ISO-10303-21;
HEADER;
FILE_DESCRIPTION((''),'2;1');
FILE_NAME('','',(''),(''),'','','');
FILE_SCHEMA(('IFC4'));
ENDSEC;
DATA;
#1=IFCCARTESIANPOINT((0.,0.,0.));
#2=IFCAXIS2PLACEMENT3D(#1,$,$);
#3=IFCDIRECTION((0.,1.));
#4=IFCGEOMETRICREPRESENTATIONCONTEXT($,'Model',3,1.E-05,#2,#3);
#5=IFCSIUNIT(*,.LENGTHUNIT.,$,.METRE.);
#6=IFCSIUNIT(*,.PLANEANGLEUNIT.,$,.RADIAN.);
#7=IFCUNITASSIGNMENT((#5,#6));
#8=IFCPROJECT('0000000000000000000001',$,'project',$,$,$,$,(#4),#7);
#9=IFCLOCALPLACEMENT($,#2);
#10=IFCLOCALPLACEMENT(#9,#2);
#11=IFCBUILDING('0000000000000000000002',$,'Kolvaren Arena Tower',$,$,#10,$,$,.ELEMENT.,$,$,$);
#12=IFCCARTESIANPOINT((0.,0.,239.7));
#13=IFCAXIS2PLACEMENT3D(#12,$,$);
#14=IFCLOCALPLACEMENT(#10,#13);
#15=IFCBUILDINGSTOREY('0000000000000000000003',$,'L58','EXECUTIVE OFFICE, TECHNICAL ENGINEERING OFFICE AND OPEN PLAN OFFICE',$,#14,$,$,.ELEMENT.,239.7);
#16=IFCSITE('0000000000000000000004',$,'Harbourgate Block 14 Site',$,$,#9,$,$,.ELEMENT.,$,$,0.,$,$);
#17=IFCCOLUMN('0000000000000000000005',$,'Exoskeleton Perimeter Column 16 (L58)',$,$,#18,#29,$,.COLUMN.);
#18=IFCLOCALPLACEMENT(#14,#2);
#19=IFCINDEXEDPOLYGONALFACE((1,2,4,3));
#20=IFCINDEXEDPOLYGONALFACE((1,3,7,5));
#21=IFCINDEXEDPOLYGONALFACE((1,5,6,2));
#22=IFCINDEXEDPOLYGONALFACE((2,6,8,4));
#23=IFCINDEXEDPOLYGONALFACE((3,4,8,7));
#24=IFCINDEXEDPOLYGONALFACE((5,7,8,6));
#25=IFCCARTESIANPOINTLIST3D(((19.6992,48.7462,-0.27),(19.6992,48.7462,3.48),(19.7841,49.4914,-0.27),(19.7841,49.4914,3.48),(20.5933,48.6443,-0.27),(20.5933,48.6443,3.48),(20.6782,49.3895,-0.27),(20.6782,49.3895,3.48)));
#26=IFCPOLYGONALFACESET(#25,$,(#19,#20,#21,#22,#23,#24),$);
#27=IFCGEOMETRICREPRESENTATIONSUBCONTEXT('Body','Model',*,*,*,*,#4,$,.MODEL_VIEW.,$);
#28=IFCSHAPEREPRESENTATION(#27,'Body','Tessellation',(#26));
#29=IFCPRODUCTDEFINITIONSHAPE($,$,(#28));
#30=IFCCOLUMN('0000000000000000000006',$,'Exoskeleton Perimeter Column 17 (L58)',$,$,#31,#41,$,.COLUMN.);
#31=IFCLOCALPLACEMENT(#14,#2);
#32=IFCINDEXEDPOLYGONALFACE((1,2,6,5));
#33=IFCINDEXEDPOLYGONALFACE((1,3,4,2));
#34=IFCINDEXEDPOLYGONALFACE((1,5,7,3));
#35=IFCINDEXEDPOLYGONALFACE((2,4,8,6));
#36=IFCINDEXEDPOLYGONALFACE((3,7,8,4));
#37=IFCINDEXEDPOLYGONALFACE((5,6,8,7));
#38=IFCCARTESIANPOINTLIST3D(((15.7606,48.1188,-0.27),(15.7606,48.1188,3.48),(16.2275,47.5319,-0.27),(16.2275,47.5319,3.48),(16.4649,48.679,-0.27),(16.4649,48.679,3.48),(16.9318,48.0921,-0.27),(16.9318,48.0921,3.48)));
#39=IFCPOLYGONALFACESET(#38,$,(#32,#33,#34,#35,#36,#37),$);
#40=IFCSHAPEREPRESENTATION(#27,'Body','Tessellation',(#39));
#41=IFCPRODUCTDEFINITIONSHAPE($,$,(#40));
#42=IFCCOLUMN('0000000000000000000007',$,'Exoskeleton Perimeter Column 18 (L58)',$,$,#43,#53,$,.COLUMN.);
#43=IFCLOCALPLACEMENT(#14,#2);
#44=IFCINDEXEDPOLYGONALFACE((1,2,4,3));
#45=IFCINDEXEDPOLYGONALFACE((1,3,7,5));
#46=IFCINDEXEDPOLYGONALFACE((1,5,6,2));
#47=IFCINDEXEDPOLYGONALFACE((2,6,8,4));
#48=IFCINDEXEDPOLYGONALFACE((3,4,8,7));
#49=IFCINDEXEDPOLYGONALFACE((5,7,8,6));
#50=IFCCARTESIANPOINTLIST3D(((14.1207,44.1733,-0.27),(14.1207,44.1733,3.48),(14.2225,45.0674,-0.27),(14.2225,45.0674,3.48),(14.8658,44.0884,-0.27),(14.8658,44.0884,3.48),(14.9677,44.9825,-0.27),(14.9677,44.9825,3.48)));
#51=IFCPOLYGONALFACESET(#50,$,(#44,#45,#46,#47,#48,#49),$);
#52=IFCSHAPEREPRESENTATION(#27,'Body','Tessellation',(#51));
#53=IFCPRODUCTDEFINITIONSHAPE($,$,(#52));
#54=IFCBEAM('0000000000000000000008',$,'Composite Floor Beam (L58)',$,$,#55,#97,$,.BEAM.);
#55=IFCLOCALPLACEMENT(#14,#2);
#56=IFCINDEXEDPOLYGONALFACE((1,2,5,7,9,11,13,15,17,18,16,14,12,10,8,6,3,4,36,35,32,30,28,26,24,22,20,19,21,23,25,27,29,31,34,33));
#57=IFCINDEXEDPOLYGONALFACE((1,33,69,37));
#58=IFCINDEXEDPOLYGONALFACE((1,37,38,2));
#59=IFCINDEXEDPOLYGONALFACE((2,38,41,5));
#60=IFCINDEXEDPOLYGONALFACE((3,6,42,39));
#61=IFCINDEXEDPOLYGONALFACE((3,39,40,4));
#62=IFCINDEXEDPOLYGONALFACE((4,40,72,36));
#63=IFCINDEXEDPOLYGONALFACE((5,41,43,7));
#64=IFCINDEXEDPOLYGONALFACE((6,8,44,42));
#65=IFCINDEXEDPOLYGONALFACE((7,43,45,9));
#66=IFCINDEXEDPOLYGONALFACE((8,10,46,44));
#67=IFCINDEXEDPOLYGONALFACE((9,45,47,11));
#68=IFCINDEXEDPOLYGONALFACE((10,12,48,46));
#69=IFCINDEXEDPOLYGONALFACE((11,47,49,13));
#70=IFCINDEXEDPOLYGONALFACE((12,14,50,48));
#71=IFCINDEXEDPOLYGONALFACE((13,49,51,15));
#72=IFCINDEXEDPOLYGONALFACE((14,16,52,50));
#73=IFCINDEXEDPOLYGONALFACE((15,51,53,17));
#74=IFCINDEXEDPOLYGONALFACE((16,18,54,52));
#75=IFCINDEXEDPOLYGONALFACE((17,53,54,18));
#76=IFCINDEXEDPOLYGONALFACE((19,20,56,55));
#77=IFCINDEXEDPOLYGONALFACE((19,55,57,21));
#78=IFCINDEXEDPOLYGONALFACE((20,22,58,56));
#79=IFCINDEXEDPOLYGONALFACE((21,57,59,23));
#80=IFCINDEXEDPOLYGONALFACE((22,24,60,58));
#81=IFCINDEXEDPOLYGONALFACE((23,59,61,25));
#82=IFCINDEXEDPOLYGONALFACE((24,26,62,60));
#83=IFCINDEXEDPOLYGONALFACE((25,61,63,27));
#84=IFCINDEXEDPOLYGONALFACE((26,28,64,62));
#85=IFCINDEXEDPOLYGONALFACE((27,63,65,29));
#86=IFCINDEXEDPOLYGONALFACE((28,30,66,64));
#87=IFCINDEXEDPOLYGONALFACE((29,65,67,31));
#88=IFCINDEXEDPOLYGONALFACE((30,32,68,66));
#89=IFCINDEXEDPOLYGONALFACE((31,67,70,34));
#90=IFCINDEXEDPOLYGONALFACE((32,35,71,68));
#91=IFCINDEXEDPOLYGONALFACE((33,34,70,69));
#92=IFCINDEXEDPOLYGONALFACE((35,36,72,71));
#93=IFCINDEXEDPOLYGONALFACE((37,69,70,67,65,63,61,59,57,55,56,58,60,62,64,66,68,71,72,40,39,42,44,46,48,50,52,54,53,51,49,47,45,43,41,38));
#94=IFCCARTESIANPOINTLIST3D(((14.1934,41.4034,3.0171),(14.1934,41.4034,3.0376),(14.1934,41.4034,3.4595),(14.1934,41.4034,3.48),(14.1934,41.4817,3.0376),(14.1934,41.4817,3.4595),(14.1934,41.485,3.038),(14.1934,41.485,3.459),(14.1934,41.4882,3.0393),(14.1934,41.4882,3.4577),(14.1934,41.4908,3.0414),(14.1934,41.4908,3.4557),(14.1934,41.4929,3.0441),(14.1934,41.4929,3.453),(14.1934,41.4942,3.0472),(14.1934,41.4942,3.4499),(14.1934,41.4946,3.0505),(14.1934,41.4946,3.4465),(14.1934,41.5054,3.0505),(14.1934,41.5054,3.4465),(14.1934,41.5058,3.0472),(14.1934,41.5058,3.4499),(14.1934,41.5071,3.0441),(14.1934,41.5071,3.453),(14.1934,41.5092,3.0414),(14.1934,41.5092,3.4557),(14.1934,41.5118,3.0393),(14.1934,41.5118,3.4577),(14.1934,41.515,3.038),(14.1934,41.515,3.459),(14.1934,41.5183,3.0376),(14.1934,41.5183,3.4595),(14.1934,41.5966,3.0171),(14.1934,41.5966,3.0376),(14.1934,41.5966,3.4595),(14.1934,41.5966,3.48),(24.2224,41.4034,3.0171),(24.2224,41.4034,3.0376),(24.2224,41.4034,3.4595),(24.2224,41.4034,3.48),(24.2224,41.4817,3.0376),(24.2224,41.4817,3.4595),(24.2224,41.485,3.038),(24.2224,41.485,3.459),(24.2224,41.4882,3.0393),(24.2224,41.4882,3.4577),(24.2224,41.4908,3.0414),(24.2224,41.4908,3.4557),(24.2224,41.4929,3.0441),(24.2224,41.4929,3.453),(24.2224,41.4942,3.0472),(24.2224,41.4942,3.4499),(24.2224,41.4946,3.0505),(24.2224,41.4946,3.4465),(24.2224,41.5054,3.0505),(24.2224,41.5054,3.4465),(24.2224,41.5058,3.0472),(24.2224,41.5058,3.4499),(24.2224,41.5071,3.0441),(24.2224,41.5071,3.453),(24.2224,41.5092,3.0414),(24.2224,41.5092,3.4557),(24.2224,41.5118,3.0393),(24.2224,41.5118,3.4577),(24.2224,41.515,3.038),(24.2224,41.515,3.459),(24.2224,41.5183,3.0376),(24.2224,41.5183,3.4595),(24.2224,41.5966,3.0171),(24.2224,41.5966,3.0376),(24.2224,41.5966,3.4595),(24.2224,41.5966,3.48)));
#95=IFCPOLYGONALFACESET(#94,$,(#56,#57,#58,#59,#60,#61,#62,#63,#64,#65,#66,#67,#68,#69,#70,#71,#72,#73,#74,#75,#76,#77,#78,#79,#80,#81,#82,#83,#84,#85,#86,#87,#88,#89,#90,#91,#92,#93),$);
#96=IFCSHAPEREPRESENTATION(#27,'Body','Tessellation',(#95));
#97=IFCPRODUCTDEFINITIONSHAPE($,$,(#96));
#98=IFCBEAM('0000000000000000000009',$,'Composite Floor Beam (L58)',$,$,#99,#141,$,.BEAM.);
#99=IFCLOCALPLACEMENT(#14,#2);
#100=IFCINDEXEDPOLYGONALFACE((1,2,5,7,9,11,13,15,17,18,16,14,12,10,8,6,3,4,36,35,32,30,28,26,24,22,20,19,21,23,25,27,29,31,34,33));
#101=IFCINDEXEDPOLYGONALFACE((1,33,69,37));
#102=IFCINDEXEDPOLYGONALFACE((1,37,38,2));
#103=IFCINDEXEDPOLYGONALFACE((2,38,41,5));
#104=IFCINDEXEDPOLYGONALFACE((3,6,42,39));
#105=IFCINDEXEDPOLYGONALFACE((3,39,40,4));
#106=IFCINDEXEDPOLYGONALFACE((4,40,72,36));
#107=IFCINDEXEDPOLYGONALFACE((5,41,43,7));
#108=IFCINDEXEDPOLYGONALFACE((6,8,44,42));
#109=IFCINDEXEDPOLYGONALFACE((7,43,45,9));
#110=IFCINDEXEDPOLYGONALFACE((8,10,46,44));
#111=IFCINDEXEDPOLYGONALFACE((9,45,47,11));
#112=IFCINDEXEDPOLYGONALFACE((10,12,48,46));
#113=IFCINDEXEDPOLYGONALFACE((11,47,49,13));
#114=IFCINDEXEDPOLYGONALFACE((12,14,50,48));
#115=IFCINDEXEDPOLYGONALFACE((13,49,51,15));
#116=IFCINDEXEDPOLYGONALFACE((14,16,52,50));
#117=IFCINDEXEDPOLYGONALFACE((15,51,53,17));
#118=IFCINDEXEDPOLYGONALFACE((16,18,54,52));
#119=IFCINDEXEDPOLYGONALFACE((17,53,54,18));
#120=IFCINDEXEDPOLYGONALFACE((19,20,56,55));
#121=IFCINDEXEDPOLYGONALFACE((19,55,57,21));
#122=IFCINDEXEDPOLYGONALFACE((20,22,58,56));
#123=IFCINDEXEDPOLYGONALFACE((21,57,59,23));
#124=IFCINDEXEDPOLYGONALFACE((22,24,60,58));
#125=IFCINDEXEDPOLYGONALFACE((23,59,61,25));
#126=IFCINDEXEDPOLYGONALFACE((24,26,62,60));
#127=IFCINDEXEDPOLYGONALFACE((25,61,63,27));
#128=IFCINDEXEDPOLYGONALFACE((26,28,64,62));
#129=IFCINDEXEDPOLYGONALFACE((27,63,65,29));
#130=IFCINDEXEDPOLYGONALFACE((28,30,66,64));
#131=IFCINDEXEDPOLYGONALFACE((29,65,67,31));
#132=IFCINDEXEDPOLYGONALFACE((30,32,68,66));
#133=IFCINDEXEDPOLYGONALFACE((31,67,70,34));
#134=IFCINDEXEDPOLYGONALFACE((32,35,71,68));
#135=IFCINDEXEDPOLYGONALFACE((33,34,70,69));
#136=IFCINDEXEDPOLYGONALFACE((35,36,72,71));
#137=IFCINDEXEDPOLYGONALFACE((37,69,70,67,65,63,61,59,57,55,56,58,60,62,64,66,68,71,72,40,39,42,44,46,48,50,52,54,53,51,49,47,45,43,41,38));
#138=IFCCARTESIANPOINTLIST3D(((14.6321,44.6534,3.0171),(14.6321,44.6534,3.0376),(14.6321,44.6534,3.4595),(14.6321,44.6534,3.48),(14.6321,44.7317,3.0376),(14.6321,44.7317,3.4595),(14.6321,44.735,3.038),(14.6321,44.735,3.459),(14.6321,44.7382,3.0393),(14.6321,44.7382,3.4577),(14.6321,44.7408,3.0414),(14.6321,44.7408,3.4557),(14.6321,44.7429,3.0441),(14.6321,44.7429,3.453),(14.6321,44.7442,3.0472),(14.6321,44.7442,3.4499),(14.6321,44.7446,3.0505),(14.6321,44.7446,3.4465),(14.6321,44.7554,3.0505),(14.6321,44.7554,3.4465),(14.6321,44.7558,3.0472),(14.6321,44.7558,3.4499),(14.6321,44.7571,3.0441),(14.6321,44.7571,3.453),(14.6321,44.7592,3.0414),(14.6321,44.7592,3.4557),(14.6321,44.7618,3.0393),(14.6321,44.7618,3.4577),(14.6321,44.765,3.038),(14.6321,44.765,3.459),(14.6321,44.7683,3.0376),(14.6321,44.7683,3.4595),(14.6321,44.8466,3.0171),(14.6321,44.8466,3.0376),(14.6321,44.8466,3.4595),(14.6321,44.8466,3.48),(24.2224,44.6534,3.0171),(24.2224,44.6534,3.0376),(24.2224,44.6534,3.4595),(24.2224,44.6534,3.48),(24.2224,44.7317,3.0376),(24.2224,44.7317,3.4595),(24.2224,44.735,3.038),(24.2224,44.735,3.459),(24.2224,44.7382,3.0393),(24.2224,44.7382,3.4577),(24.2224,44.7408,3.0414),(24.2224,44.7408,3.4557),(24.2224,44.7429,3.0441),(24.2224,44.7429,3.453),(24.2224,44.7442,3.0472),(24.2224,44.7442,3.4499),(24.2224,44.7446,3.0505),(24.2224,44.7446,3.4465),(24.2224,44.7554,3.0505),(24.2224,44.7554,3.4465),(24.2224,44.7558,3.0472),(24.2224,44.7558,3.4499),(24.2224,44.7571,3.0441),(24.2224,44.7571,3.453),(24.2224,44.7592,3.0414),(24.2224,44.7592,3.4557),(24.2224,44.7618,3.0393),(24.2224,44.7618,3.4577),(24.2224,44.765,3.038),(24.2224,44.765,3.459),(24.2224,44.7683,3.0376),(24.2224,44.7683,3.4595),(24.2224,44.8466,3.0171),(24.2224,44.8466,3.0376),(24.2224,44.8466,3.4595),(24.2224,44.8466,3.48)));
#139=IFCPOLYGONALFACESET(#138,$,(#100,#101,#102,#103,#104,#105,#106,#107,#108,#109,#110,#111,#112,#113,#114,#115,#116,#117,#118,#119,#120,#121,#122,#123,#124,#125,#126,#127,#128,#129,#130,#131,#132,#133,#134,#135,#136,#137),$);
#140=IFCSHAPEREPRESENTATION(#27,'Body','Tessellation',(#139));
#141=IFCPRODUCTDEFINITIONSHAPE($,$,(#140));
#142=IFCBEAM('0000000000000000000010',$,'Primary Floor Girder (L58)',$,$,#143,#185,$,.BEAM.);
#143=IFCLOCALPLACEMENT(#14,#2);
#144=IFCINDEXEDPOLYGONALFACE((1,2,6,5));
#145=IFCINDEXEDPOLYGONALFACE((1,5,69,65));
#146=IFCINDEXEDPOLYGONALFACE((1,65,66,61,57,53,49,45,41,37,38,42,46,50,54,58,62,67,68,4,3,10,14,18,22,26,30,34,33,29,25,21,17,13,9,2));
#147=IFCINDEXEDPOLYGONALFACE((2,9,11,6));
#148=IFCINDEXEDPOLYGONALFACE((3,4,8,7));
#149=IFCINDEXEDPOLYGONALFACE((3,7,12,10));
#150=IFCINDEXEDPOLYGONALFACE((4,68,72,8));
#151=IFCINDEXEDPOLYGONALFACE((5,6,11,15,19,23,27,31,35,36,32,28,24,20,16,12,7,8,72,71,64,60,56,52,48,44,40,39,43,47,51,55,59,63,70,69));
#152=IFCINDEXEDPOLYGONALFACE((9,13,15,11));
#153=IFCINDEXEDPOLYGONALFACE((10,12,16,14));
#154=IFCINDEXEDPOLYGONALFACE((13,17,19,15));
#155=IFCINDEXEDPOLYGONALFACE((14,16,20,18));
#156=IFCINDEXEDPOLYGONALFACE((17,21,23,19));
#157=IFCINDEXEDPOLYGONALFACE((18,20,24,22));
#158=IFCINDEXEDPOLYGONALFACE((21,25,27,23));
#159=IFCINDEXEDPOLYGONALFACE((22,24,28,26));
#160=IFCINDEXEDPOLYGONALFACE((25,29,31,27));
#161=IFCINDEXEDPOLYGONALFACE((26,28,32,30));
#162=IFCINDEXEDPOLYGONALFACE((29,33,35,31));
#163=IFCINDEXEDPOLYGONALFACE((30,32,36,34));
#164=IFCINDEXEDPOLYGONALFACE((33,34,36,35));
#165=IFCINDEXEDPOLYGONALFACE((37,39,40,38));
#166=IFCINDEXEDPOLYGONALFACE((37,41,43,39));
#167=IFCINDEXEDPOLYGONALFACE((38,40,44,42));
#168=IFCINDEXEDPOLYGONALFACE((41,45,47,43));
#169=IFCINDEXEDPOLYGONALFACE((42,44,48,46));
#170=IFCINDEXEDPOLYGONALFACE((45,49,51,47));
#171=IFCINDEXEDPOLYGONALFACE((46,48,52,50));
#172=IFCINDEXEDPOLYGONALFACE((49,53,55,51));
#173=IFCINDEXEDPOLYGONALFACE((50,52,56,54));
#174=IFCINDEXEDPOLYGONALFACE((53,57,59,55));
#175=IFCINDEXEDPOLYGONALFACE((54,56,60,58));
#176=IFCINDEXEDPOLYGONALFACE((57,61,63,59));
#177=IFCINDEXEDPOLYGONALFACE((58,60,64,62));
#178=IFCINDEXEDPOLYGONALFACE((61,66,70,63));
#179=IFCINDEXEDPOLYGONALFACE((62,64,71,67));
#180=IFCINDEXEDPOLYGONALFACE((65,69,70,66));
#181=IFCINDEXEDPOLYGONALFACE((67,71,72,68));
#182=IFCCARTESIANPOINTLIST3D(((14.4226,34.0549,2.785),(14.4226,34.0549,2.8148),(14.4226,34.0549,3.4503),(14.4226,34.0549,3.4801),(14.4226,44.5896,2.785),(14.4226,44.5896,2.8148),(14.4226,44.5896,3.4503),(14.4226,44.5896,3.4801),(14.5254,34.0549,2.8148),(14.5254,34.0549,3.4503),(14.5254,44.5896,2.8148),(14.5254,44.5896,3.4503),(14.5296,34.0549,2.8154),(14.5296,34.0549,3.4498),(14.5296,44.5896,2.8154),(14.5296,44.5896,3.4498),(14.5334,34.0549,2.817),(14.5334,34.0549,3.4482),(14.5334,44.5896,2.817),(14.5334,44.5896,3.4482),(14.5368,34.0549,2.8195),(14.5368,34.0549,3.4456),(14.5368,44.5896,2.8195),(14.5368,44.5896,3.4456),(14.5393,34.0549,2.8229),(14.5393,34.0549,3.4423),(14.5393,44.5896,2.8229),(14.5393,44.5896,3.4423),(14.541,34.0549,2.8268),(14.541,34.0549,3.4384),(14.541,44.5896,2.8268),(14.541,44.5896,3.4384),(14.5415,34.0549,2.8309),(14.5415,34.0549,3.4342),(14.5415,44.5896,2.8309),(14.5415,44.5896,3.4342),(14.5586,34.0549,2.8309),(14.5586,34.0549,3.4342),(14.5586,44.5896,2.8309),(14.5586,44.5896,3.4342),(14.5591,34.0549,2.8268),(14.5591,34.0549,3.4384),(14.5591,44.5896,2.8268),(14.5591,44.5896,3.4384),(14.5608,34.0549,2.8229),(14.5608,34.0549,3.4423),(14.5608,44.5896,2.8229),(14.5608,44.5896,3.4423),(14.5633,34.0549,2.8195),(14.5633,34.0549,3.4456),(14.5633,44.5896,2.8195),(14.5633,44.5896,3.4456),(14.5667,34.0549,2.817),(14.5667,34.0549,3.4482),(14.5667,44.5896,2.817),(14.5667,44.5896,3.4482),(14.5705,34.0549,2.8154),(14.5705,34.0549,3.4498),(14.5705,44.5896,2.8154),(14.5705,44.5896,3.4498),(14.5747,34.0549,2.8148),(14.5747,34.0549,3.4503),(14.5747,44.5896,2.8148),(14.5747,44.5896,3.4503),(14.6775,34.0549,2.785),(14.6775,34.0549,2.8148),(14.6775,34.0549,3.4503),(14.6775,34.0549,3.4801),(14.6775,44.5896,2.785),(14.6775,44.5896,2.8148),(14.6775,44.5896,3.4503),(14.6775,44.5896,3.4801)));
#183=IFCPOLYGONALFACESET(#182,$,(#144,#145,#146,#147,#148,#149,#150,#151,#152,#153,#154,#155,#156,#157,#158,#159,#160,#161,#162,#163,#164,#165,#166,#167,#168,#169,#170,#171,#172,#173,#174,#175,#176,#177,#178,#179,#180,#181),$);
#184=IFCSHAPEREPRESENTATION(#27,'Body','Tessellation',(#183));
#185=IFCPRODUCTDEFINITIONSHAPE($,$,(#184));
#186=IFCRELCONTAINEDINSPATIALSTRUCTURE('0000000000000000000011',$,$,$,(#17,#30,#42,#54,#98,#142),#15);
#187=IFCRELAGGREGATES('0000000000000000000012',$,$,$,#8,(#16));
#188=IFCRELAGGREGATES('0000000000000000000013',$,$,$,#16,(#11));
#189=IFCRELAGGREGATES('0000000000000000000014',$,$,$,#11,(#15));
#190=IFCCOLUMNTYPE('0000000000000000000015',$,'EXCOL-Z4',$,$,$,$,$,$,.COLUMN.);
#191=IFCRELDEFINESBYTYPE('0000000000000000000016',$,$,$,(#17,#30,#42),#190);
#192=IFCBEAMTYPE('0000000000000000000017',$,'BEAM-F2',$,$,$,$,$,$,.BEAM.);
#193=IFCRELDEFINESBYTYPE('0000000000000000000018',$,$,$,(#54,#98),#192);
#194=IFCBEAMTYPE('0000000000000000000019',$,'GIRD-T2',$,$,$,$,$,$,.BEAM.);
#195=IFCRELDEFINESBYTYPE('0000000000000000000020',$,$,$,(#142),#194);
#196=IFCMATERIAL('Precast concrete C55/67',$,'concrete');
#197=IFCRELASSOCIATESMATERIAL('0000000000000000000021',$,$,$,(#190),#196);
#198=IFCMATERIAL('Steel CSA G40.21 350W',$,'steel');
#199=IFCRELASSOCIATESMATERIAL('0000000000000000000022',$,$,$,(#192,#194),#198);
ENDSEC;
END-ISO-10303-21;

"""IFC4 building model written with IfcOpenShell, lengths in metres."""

from ifc_helpers import new_model, si_unit, direction, frame, origin, origin_2d, place, context, subcontext, project, spatial, rectangle, i_section, extrude, material, material_profile, profile_set, type_object, element, save


model = new_model("IFC4")

# Units and contexts
model_context = context("Model", 3, precision=1e-05, world=origin(), true_north=direction((0.0, 1.0)))
body_context = subcontext(model_context, "Body", "Model", "MODEL_VIEW")
ifc_project = project(units=[si_unit("LENGTHUNIT", "METRE"), si_unit("PLANEANGLEUNIT", "RADIAN")], contexts=[model_context])

# Site, building, storey
site_placement = place(None, origin())
site = spatial("IfcSite", under=ifc_project, at=site_placement, Name="Harbourgate Block 14 Site", CompositionType="ELEMENT", RefElevation=0.0)
building_placement = place(site_placement, origin())
building = spatial("IfcBuilding", under=site, at=building_placement, Name="Kolvaren Arena Tower", CompositionType="ELEMENT")
storey_placement = place(building_placement, frame((0.0, 0.0, 239.7)))
storey = spatial("IfcBuildingStorey", under=building, at=storey_placement, Name="L58", Description="EXECUTIVE OFFICE, TECHNICAL ENGINEERING OFFICE AND OPEN PLAN OFFICE", CompositionType="ELEMENT", Elevation=239.7)

# Columns
ifc_material_1 = material(Name="Precast concrete C55/67", Category="concrete")
ifc_material_profile_1 = material_profile(ifc_material_1, rectangle(XDim=0.8999, YDim=0.75, at=origin_2d()), Name="RC-900x750")
ifc_profile_set_1 = profile_set([ifc_material_profile_1], Name="Precast concrete C55/67")
column_type = type_object("IfcColumnType", Name="EXCOL-Z4", PredefinedType="COLUMN", material=ifc_profile_set_1)
for number, where, z_axis, x_axis, name in (
    (1, (20.1887, 49.0679, -0.27), (0.0, 0.0, 1.0), (0.993572, -0.113203, 0.0), "Exoskeleton Perimeter Column 16 (L58)"),
    (2, (16.3462, 48.1055, -0.27), (0.0, 0.0, 1.0), (0.782608, 0.622515, 0.0), "Exoskeleton Perimeter Column 17 (L58)"),
    (3, (14.5442, 44.5779, -0.27), (0.0, 0.0, 1.0), (0.113203, 0.993572, 0.0), "Exoskeleton Perimeter Column 18 (L58)"),
):
    element("IfcColumn", number, at=place(storey_placement, frame(where, z_axis=z_axis, x_axis=x_axis)), inside=storey, type_object=column_type, Name=name, PredefinedType="COLUMN", context=body_context, shape_type="SweptSolid", body=[
        extrude(rectangle(XDim=0.8999, YDim=0.75, at=origin_2d()), origin(), (0.0, 0.0, 1.0), 3.75),
    ])

# Beams
ifc_material_2 = material(Name="Steel CSA G40.21 350W", Category="steel")
ifc_material_profile_2 = material_profile(ifc_material_2, i_section(OverallWidth=0.1931, OverallDepth=0.4629, WebThickness=0.0107, FlangeThickness=0.0205, FilletRadius=0.0129, at=origin_2d()), Name="W460x113")
ifc_profile_set_2 = profile_set([ifc_material_profile_2], Name="Steel CSA G40.21 350W")
beam_type_1 = type_object("IfcBeamType", Name="BEAM-F2", PredefinedType="BEAM", material=ifc_profile_set_2)
beam_1_placement = place(storey_placement, frame((14.1934, 41.5, 3.2485), z_axis=(1.0, 0.0, 0.0), x_axis=(0.0, 1.0, 0.0)))
element("IfcBeam", 4, at=beam_1_placement, inside=storey, type_object=beam_type_1, Name="Composite Floor Beam (L58)", PredefinedType="BEAM", context=body_context, shape_type="SweptSolid", body=[
    extrude(i_section(OverallWidth=0.1931, OverallDepth=0.4629, WebThickness=0.0107, FlangeThickness=0.0205, FilletRadius=0.0129, at=origin_2d()), origin(), (0.0, 0.0, 1.0), 10.0291),
])
beam_2_placement = place(storey_placement, frame((14.6321, 44.75, 3.2485), z_axis=(1.0, 0.0, 0.0), x_axis=(0.0, 1.0, 0.0)))
element("IfcBeam", 5, at=beam_2_placement, inside=storey, type_object=beam_type_1, Name="Composite Floor Beam (L58)", PredefinedType="BEAM", context=body_context, shape_type="SweptSolid", body=[
    extrude(i_section(OverallWidth=0.1931, OverallDepth=0.4629, WebThickness=0.0107, FlangeThickness=0.0205, FilletRadius=0.0129, at=origin_2d()), origin(), (0.0, 0.0, 1.0), 9.5903),
])
ifc_material_profile_3 = material_profile(ifc_material_2, i_section(OverallWidth=0.2549, OverallDepth=0.6951, WebThickness=0.0171, FlangeThickness=0.0298, FilletRadius=0.0161, at=origin_2d()), Name="W690x217")
ifc_profile_set_3 = profile_set([ifc_material_profile_3], Name="Steel CSA G40.21 350W")
beam_type_2 = type_object("IfcBeamType", Name="GIRD-T2", PredefinedType="BEAM", material=ifc_profile_set_3)
beam_3_placement = place(storey_placement, frame((14.55, 34.0549, 3.1326), z_axis=(0.0, 1.0, 0.0), x_axis=(-1.0, 0.0, 0.0)))
element("IfcBeam", 6, at=beam_3_placement, inside=storey, type_object=beam_type_2, Name="Primary Floor Girder (L58)", PredefinedType="BEAM", context=body_context, shape_type="SweptSolid", body=[
    extrude(i_section(OverallWidth=0.2549, OverallDepth=0.6951, WebThickness=0.0171, FlangeThickness=0.0298, FilletRadius=0.0161, at=origin_2d()), origin(), (0.0, 0.0, 1.0), 10.5347),
])

save(model, "model.ifc")
